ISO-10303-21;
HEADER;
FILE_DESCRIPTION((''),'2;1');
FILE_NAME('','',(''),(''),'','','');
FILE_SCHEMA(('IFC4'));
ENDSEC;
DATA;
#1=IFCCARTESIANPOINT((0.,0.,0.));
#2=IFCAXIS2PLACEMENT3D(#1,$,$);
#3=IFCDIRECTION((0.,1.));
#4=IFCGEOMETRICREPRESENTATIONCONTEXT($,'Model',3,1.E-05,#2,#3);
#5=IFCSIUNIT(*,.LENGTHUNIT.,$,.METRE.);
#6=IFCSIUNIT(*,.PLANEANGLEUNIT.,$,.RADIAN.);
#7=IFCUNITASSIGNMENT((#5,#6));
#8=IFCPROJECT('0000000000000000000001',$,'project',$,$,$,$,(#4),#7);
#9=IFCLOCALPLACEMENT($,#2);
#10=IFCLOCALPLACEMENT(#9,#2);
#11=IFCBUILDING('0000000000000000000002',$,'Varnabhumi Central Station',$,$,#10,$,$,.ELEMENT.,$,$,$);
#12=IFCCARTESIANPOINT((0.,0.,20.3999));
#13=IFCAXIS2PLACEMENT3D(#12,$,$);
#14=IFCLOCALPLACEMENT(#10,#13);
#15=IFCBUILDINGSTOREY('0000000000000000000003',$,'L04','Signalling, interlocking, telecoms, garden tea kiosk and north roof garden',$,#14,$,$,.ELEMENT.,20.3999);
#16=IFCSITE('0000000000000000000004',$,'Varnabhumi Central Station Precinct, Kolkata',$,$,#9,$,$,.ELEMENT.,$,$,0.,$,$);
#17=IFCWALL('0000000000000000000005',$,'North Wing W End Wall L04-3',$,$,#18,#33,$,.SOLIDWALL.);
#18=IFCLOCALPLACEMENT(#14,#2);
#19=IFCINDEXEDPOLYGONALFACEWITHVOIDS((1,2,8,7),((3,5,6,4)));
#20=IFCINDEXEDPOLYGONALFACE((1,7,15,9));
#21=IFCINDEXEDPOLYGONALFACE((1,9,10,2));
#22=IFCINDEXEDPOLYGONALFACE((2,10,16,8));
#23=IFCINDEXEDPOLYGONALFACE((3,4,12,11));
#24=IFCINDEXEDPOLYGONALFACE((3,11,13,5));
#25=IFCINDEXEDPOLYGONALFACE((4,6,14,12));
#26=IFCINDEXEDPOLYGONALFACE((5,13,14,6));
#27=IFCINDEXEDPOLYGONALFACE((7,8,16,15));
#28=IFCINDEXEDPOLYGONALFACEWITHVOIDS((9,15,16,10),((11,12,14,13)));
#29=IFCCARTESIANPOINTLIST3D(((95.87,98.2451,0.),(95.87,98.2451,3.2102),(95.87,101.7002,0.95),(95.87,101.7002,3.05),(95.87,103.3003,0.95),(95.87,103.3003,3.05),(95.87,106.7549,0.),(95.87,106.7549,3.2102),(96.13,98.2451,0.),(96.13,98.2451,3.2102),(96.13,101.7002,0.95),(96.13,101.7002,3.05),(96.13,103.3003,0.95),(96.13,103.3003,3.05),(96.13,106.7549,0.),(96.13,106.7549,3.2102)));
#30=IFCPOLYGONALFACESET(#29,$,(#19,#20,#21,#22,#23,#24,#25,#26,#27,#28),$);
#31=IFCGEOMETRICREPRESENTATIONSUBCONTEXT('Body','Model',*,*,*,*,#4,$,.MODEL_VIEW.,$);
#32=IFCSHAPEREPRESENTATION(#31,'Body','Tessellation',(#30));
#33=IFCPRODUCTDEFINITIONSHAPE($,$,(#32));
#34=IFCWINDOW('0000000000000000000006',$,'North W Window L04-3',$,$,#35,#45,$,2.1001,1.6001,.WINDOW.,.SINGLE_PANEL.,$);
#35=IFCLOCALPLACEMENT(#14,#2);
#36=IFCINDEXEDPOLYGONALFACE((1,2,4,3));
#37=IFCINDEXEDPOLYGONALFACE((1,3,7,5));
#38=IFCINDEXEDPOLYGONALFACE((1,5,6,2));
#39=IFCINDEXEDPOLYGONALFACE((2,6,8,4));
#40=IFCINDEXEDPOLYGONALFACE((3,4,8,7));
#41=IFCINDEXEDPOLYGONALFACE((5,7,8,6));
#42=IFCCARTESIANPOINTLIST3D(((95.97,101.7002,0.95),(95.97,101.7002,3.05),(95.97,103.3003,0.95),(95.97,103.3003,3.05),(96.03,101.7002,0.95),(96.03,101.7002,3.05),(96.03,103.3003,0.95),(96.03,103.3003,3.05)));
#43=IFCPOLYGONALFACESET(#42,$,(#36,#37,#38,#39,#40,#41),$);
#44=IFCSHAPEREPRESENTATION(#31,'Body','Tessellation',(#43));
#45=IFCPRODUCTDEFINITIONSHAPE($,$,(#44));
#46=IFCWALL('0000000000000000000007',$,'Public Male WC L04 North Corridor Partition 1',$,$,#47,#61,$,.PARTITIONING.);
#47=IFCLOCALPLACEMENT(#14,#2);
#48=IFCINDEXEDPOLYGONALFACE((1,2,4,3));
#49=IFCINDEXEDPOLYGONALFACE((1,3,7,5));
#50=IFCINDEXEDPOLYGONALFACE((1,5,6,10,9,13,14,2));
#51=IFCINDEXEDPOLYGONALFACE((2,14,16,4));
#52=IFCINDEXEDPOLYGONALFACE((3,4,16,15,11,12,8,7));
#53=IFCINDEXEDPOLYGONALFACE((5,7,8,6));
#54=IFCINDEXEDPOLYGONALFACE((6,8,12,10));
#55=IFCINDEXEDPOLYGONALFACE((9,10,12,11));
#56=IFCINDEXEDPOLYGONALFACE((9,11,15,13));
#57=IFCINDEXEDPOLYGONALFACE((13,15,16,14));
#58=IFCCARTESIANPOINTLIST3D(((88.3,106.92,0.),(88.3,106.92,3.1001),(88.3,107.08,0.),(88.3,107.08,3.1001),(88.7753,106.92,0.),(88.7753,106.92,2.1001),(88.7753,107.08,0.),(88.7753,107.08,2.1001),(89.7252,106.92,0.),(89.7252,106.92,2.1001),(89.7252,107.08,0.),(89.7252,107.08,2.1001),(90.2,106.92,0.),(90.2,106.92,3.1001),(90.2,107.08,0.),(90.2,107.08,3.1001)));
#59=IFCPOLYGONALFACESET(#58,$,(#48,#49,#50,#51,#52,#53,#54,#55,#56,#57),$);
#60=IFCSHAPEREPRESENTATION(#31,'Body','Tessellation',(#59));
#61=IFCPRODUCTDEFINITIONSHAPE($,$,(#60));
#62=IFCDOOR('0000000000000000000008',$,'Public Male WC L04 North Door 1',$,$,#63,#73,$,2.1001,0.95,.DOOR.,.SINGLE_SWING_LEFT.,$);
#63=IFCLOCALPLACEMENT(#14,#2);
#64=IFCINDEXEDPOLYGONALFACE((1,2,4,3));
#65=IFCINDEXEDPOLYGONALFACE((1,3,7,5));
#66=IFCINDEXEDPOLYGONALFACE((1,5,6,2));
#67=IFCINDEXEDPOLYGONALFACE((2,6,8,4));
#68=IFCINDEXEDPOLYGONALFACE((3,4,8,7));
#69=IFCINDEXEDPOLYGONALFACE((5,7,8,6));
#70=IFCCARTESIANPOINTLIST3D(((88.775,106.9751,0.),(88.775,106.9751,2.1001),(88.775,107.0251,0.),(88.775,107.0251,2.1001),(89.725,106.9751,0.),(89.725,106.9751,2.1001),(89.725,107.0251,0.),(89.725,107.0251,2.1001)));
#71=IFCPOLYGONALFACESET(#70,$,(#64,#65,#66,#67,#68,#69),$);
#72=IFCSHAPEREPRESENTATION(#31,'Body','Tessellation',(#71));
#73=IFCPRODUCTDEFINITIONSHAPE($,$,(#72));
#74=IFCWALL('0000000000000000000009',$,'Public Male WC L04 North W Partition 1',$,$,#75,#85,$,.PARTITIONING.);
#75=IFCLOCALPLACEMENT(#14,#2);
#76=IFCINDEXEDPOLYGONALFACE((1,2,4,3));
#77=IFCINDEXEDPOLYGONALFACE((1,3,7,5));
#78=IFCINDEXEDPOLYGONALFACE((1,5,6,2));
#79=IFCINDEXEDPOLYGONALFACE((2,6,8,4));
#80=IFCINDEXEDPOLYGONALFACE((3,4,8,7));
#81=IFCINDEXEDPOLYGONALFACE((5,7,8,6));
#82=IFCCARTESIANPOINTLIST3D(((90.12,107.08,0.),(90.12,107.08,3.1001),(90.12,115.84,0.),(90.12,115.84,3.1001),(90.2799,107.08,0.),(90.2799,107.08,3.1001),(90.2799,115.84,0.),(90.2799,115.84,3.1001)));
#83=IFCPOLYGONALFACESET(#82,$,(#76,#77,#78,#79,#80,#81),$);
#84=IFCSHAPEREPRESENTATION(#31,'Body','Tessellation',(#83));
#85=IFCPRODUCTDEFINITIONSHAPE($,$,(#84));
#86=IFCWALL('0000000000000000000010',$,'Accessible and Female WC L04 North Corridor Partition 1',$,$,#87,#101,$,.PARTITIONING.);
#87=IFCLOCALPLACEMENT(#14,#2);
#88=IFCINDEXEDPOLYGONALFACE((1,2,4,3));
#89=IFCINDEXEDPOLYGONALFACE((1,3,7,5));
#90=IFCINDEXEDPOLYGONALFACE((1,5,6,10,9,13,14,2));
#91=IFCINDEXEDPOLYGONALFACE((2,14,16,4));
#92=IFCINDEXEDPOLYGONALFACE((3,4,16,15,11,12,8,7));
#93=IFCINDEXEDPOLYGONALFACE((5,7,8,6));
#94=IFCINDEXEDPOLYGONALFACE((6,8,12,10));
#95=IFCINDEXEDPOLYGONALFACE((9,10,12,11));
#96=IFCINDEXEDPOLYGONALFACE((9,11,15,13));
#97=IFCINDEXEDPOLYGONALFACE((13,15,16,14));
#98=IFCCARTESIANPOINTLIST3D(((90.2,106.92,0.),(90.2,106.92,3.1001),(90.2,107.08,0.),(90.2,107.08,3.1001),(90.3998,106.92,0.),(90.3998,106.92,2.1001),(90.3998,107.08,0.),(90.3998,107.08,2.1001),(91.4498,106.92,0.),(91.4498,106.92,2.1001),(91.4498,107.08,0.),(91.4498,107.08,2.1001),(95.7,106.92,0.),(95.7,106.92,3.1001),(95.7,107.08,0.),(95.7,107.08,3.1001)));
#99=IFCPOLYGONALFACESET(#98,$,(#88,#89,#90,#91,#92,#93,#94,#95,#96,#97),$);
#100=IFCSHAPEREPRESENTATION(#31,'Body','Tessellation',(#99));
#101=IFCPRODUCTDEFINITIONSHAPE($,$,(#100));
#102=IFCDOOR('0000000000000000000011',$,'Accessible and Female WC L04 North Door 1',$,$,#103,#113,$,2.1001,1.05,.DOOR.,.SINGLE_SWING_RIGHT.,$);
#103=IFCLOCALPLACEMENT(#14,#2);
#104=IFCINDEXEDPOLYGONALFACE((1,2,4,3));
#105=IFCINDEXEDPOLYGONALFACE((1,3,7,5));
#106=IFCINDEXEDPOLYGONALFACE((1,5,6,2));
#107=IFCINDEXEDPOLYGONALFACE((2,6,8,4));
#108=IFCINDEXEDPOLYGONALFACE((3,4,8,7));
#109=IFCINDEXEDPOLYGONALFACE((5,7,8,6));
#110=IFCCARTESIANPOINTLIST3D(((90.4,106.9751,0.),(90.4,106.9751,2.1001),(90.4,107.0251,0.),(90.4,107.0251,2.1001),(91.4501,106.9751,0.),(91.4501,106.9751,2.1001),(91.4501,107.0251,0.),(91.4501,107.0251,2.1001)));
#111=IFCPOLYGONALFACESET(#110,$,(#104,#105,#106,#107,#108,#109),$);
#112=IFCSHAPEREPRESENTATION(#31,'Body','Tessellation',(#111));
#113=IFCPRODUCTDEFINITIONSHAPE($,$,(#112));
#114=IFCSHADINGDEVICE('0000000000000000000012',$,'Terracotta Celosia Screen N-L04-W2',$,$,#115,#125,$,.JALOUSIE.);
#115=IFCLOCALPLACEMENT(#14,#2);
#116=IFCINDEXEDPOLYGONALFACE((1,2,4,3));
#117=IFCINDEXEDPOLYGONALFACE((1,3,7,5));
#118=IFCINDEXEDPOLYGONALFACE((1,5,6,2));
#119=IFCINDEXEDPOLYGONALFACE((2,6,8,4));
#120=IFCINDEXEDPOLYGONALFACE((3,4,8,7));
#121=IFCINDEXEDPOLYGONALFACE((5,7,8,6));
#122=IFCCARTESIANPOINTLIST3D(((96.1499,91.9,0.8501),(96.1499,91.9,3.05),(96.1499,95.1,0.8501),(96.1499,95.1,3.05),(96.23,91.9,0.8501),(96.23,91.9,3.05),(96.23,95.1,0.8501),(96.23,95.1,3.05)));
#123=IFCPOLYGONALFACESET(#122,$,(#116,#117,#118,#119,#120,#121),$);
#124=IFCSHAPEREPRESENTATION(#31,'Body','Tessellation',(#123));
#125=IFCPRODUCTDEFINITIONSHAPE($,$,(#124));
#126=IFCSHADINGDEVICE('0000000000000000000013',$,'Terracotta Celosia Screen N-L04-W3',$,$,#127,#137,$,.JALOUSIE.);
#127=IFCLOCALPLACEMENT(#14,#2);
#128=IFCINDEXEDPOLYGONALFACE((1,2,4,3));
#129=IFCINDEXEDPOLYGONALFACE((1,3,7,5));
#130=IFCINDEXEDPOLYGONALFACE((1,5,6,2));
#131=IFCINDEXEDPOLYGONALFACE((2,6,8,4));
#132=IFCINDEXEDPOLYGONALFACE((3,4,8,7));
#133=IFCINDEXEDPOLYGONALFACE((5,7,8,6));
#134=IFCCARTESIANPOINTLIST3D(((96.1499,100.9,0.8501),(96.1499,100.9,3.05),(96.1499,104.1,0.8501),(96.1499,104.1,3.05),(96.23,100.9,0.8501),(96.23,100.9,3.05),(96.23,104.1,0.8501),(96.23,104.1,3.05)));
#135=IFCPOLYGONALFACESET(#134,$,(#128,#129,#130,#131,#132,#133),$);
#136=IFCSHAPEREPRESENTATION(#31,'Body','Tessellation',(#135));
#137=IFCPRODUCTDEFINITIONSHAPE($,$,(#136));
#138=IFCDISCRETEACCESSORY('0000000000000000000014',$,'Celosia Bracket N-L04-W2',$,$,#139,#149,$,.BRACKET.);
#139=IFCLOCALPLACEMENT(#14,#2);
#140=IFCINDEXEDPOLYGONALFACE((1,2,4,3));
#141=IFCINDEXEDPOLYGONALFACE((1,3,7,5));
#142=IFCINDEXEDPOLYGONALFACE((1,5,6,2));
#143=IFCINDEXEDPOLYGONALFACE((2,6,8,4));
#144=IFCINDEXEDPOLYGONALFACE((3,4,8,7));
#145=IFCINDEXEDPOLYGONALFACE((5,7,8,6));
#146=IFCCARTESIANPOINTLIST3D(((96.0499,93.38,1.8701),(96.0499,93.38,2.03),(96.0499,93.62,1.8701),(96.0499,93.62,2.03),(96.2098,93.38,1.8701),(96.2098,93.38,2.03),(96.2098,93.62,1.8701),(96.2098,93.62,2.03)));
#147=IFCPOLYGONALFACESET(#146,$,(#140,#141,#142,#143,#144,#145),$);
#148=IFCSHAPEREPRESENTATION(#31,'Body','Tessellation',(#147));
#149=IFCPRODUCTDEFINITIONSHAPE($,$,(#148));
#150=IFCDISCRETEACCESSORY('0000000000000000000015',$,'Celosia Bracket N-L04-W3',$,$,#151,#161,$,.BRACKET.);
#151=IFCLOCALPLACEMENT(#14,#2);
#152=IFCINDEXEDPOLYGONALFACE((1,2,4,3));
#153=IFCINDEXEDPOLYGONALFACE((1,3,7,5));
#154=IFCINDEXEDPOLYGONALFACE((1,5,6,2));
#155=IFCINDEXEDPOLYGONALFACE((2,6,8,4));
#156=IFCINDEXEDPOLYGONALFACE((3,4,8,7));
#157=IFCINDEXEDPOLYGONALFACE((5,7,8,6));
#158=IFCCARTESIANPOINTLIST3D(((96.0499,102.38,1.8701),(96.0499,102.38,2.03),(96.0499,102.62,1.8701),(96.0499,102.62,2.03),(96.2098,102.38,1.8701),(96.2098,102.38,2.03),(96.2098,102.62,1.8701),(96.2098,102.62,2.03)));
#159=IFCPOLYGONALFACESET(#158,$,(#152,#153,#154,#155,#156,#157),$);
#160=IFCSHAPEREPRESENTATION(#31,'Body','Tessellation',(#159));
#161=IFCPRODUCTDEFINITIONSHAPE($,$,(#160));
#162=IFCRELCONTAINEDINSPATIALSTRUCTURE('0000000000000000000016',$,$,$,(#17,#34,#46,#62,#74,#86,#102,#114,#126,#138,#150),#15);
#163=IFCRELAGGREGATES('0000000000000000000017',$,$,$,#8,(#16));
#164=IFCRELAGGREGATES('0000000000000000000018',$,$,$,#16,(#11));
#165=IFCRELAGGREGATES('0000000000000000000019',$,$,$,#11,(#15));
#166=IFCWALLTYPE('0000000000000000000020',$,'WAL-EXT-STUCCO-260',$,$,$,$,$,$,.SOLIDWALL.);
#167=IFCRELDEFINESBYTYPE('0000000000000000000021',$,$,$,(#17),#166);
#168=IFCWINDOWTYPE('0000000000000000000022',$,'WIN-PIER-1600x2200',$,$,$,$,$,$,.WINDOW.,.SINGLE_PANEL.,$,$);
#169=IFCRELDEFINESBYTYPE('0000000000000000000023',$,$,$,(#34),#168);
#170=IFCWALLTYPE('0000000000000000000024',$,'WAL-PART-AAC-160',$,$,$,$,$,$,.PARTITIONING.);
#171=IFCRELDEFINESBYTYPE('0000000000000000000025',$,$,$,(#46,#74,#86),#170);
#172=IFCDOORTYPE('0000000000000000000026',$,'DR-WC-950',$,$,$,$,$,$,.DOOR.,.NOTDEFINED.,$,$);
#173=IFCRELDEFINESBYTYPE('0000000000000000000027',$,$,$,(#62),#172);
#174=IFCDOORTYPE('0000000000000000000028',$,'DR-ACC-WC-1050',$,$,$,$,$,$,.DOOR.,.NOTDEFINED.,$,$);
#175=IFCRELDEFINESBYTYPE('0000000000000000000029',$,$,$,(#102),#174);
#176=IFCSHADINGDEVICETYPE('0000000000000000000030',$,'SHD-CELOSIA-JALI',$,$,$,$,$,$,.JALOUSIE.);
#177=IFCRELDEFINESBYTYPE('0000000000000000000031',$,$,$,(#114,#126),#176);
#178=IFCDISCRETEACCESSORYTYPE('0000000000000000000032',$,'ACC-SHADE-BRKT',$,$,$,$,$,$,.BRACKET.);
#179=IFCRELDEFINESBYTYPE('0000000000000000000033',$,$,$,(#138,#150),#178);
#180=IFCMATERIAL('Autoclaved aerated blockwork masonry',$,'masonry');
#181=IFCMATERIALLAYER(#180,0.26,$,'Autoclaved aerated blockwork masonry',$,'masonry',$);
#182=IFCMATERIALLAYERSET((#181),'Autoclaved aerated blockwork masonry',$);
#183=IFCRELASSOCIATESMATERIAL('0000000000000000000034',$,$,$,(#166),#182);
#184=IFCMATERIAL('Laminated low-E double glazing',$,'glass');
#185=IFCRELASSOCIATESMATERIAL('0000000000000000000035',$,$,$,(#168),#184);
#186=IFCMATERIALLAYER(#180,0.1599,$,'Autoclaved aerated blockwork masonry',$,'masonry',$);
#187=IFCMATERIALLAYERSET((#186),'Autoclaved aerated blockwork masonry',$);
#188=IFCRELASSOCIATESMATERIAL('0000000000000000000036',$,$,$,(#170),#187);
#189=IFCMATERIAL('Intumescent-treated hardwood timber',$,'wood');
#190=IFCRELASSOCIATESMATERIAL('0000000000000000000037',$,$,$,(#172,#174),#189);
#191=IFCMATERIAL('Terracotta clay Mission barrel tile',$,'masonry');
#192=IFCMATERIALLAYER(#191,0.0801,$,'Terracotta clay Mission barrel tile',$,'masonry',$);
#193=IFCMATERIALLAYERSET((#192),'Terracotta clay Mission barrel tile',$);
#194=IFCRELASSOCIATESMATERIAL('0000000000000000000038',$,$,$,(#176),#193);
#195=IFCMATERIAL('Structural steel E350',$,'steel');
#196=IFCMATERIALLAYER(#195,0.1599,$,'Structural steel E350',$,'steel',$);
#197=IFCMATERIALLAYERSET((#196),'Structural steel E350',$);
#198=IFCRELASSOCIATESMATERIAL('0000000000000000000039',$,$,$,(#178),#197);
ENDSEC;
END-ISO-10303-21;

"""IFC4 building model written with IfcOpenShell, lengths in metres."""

from ifc_helpers import new_model, si_unit, direction, frame, frame_2d, origin, origin_2d, place, context, subcontext, project, spatial, rectangle, extrude, material, layer, layer_set, type_object, element, fill, save


model = new_model("IFC4")

# Units and contexts
model_context = context("Model", 3, precision=1e-05, world=origin(), true_north=direction((0.0, 1.0)))
body_context = subcontext(model_context, "Body", "Model", "MODEL_VIEW")
ifc_project = project(units=[si_unit("LENGTHUNIT", "METRE"), si_unit("PLANEANGLEUNIT", "RADIAN")], contexts=[model_context])

# Site, building, storey
site_placement = place(None, origin())
site = spatial("IfcSite", under=ifc_project, at=site_placement, Name="Varnabhumi Central Station Precinct, Kolkata", CompositionType="ELEMENT", RefElevation=0.0)
building_placement = place(site_placement, origin())
building = spatial("IfcBuilding", under=site, at=building_placement, Name="Varnabhumi Central Station", CompositionType="ELEMENT")
storey_placement = place(building_placement, frame((0.0, 0.0, 20.3999)))
storey = spatial("IfcBuildingStorey", under=building, at=storey_placement, Name="L04", Description="Signalling, interlocking, telecoms, garden tea kiosk and north roof garden", CompositionType="ELEMENT", Elevation=20.3999)

# Shared definitions
ifc_material_1 = material(Name="Structural steel E350", Category="steel")

# Shared definitions
ifc_material_2 = material(Name="Autoclaved aerated blockwork masonry", Category="masonry")
ifc_material_3 = material(Name="Intumescent-treated hardwood timber", Category="wood")

# Wall, opening, window
ifc_layer_1 = layer(ifc_material_2, 0.26, Name="Autoclaved aerated blockwork masonry", Category="masonry")
ifc_layer_set_1 = layer_set([ifc_layer_1], Name="Autoclaved aerated blockwork masonry")
wall_type_1 = type_object("IfcWallType", Name="WAL-EXT-STUCCO-260", PredefinedType="SOLIDWALL", material=ifc_layer_set_1)
ifc_material_4 = material(Name="Laminated low-E double glazing", Category="glass")
window_type = type_object("IfcWindowType", Name="WIN-PIER-1600x2200", PartitioningType="SINGLE_PANEL", PredefinedType="WINDOW", material=ifc_material_4)
wall_1_placement = place(storey_placement, frame((96.0, 98.2451, 0.0), z_axis=(0.0, 0.0, 1.0), x_axis=(0.0, 1.0, 0.0)))
wall_1 = element("IfcWall", 1, at=wall_1_placement, inside=storey, type_object=wall_type_1, Name="North Wing W End Wall L04-3", PredefinedType="SOLIDWALL", context=body_context, shape_type="SweptSolid", body=[
    extrude(rectangle(XDim=8.5098, YDim=0.26, at=frame_2d((4.2549, 0.0))), origin(), (0.0, 0.0, 1.0), 3.2102),
])
opening_1_placement = place(wall_1_placement, frame((3.4551, 0.0, 0.95)))
opening_1 = element("IfcOpeningElement", 2, at=opening_1_placement, cuts=wall_1, PredefinedType="OPENING", context=body_context, shape_type="SweptSolid", body=[
    extrude(rectangle(XDim=1.6001, YDim=2.1001, at=frame_2d((0.8, 1.05))), frame((0.0, 0.1399, 0.0), z_axis=(0.0, -1.0, 0.0), x_axis=(1.0, 0.0, 0.0)), (0.0, 0.0, 1.0), 0.28),
])
window_1_placement = place(opening_1_placement, origin())
window_1 = element("IfcWindow", 3, at=window_1_placement, inside=storey, type_object=window_type, Name="North W Window L04-3", OverallHeight=2.1001, OverallWidth=1.6001, PartitioningType="SINGLE_PANEL", PredefinedType="WINDOW", context=body_context, shape_type="SweptSolid", body=[
    extrude(rectangle(XDim=1.6001, YDim=2.1001, at=frame_2d((0.8, 1.05))), frame((0.0, 0.03, 0.0), z_axis=(0.0, -1.0, 0.0), x_axis=(1.0, 0.0, 0.0)), (0.0, 0.0, 1.0), 0.0601),
])
fill(opening_1, window_1)

# Wall, opening, door
ifc_layer_2 = layer(ifc_material_2, 0.1599, Name="Autoclaved aerated blockwork masonry", Category="masonry")
ifc_layer_set_2 = layer_set([ifc_layer_2], Name="Autoclaved aerated blockwork masonry")
wall_type_2 = type_object("IfcWallType", Name="WAL-PART-AAC-160", PredefinedType="PARTITIONING", material=ifc_layer_set_2)
wall_2_placement = place(storey_placement, frame((88.3, 107.0, 0.0), z_axis=(0.0, 0.0, 1.0), x_axis=(1.0, 0.0, 0.0)))
wall_2 = element("IfcWall", 4, at=wall_2_placement, inside=storey, type_object=wall_type_2, Name="Public Male WC L04 North Corridor Partition 1", PredefinedType="PARTITIONING", context=body_context, shape_type="SweptSolid", body=[
    extrude(rectangle(XDim=1.8999, YDim=0.1599, at=frame_2d((0.95, 0.0))), origin(), (0.0, 0.0, 1.0), 3.1001),
])
opening_2_placement = place(wall_2_placement, frame((0.4751, 0.0, 0.0)))
opening_2 = element("IfcOpeningElement", 5, at=opening_2_placement, cuts=wall_2, PredefinedType="OPENING", context=body_context, shape_type="SweptSolid", body=[
    extrude(rectangle(XDim=0.95, YDim=2.1001, at=frame_2d((0.4751, 1.05))), frame((0.0, 0.0898, 0.0), z_axis=(0.0, -1.0, 0.0), x_axis=(1.0, 0.0, 0.0)), (0.0, 0.0, 1.0), 0.1799),
])
door_type_1 = type_object("IfcDoorType", Name="DR-WC-950", OperationType="NOTDEFINED", PredefinedType="DOOR", material=ifc_material_3)
door_1_placement = place(opening_2_placement, frame((0.95, 0.0, 0.0), z_axis=(0.0, 0.0, 1.0), x_axis=(-1.0, 0.0, 0.0)))
door_1 = element("IfcDoor", 6, at=door_1_placement, inside=storey, type_object=door_type_1, Name="Public Male WC L04 North Door 1", OperationType="SINGLE_SWING_LEFT", OverallHeight=2.1001, OverallWidth=0.95, PredefinedType="DOOR", context=body_context, shape_type="SweptSolid", body=[
    extrude(rectangle(XDim=0.95, YDim=2.1001, at=frame_2d((0.4751, 1.05))), frame((0.0, 0.0249, 0.0), z_axis=(0.0, -1.0, 0.0), x_axis=(1.0, 0.0, 0.0)), (0.0, 0.0, 1.0), 0.05),
])
fill(opening_2, door_1)

# Wall
wall_3_placement = place(storey_placement, frame((90.2, 107.0801, 0.0), z_axis=(0.0, 0.0, 1.0), x_axis=(0.0, 1.0, 0.0)))
element("IfcWall", 7, at=wall_3_placement, inside=storey, type_object=wall_type_2, Name="Public Male WC L04 North W Partition 1", PredefinedType="PARTITIONING", context=body_context, shape_type="SweptSolid", body=[
    extrude(rectangle(XDim=8.76, YDim=0.1599, at=frame_2d((4.3799, 0.0))), origin(), (0.0, 0.0, 1.0), 3.1001),
])

# Wall, opening, door
wall_4_placement = place(storey_placement, frame((90.2, 107.0, 0.0), z_axis=(0.0, 0.0, 1.0), x_axis=(1.0, 0.0, 0.0)))
wall_4 = element("IfcWall", 8, at=wall_4_placement, inside=storey, type_object=wall_type_2, Name="Accessible and Female WC L04 North Corridor Partition 1", PredefinedType="PARTITIONING", context=body_context, shape_type="SweptSolid", body=[
    extrude(rectangle(XDim=5.5, YDim=0.1599, at=frame_2d((2.75, 0.0))), origin(), (0.0, 0.0, 1.0), 3.1001),
])
opening_3_placement = place(wall_4_placement, frame((0.2, 0.0, 0.0)))
opening_3 = element("IfcOpeningElement", 9, at=opening_3_placement, cuts=wall_4, PredefinedType="OPENING", context=body_context, shape_type="SweptSolid", body=[
    extrude(rectangle(XDim=1.05, YDim=2.1001, at=frame_2d((0.5249, 1.05))), frame((0.0, 0.0898, 0.0), z_axis=(0.0, -1.0, 0.0), x_axis=(1.0, 0.0, 0.0)), (0.0, 0.0, 1.0), 0.1799),
])
door_type_2 = type_object("IfcDoorType", Name="DR-ACC-WC-1050", OperationType="NOTDEFINED", PredefinedType="DOOR", material=ifc_material_3)
door_2_placement = place(opening_3_placement, frame((1.05, 0.0, 0.0), z_axis=(0.0, 0.0, 1.0), x_axis=(-1.0, 0.0, 0.0)))
door_2 = element("IfcDoor", 10, at=door_2_placement, inside=storey, type_object=door_type_2, Name="Accessible and Female WC L04 North Door 1", OperationType="SINGLE_SWING_RIGHT", OverallHeight=2.1001, OverallWidth=1.05, PredefinedType="DOOR", context=body_context, shape_type="SweptSolid", body=[
    extrude(rectangle(XDim=1.05, YDim=2.1001, at=frame_2d((0.5249, 1.05))), frame((0.0, 0.0249, 0.0), z_axis=(0.0, -1.0, 0.0), x_axis=(1.0, 0.0, 0.0)), (0.0, 0.0, 1.0), 0.05),
])
fill(opening_3, door_2)

# Shading devices
ifc_material_5 = material(Name="Terracotta clay Mission barrel tile", Category="masonry")
ifc_layer_3 = layer(ifc_material_5, 0.0801, Name="Terracotta clay Mission barrel tile", Category="masonry")
ifc_layer_set_3 = layer_set([ifc_layer_3], Name="Terracotta clay Mission barrel tile")
shading_device_type = type_object("IfcShadingDeviceType", Name="SHD-CELOSIA-JALI", PredefinedType="JALOUSIE", material=ifc_layer_set_3)
for number, where, z_axis, x_axis, name in (
    (11, (96.1899, 93.5, 0.8501), (0.0, 0.0, 1.0), (1.0, 0.0, 0.0), "Terracotta Celosia Screen N-L04-W2"),
    (12, (96.1899, 102.5, 0.8501), (0.0, 0.0, 1.0), (1.0, 0.0, 0.0), "Terracotta Celosia Screen N-L04-W3"),
):
    element("IfcShadingDevice", number, at=place(storey_placement, frame(where, z_axis=z_axis, x_axis=x_axis)), inside=storey, type_object=shading_device_type, Name=name, PredefinedType="JALOUSIE", context=body_context, shape_type="SweptSolid", body=[
        extrude(rectangle(XDim=0.0801, YDim=3.2, at=origin_2d()), origin(), (0.0, 0.0, 1.0), 2.2),
    ])

# Discrete accessories
ifc_layer_4 = layer(ifc_material_1, 0.1599, Name="Structural steel E350", Category="steel")
ifc_layer_set_4 = layer_set([ifc_layer_4], Name="Structural steel E350")
discrete_accessory_type = type_object("IfcDiscreteAccessoryType", Name="ACC-SHADE-BRKT", PredefinedType="BRACKET", material=ifc_layer_set_4)
for number, where, z_axis, x_axis, name in (
    (13, (96.1299, 93.5, 1.8701), (0.0, 0.0, 1.0), (1.0, 0.0, 0.0), "Celosia Bracket N-L04-W2"),
    (14, (96.1299, 102.5, 1.8701), (0.0, 0.0, 1.0), (1.0, 0.0, 0.0), "Celosia Bracket N-L04-W3"),
):
    element("IfcDiscreteAccessory", number, at=place(storey_placement, frame(where, z_axis=z_axis, x_axis=x_axis)), inside=storey, type_object=discrete_accessory_type, Name=name, PredefinedType="BRACKET", context=body_context, shape_type="SweptSolid", body=[
        extrude(rectangle(XDim=0.1599, YDim=0.24, at=origin_2d()), origin(), (0.0, 0.0, 1.0), 0.1599),
    ])

save(model, "model.ifc")
